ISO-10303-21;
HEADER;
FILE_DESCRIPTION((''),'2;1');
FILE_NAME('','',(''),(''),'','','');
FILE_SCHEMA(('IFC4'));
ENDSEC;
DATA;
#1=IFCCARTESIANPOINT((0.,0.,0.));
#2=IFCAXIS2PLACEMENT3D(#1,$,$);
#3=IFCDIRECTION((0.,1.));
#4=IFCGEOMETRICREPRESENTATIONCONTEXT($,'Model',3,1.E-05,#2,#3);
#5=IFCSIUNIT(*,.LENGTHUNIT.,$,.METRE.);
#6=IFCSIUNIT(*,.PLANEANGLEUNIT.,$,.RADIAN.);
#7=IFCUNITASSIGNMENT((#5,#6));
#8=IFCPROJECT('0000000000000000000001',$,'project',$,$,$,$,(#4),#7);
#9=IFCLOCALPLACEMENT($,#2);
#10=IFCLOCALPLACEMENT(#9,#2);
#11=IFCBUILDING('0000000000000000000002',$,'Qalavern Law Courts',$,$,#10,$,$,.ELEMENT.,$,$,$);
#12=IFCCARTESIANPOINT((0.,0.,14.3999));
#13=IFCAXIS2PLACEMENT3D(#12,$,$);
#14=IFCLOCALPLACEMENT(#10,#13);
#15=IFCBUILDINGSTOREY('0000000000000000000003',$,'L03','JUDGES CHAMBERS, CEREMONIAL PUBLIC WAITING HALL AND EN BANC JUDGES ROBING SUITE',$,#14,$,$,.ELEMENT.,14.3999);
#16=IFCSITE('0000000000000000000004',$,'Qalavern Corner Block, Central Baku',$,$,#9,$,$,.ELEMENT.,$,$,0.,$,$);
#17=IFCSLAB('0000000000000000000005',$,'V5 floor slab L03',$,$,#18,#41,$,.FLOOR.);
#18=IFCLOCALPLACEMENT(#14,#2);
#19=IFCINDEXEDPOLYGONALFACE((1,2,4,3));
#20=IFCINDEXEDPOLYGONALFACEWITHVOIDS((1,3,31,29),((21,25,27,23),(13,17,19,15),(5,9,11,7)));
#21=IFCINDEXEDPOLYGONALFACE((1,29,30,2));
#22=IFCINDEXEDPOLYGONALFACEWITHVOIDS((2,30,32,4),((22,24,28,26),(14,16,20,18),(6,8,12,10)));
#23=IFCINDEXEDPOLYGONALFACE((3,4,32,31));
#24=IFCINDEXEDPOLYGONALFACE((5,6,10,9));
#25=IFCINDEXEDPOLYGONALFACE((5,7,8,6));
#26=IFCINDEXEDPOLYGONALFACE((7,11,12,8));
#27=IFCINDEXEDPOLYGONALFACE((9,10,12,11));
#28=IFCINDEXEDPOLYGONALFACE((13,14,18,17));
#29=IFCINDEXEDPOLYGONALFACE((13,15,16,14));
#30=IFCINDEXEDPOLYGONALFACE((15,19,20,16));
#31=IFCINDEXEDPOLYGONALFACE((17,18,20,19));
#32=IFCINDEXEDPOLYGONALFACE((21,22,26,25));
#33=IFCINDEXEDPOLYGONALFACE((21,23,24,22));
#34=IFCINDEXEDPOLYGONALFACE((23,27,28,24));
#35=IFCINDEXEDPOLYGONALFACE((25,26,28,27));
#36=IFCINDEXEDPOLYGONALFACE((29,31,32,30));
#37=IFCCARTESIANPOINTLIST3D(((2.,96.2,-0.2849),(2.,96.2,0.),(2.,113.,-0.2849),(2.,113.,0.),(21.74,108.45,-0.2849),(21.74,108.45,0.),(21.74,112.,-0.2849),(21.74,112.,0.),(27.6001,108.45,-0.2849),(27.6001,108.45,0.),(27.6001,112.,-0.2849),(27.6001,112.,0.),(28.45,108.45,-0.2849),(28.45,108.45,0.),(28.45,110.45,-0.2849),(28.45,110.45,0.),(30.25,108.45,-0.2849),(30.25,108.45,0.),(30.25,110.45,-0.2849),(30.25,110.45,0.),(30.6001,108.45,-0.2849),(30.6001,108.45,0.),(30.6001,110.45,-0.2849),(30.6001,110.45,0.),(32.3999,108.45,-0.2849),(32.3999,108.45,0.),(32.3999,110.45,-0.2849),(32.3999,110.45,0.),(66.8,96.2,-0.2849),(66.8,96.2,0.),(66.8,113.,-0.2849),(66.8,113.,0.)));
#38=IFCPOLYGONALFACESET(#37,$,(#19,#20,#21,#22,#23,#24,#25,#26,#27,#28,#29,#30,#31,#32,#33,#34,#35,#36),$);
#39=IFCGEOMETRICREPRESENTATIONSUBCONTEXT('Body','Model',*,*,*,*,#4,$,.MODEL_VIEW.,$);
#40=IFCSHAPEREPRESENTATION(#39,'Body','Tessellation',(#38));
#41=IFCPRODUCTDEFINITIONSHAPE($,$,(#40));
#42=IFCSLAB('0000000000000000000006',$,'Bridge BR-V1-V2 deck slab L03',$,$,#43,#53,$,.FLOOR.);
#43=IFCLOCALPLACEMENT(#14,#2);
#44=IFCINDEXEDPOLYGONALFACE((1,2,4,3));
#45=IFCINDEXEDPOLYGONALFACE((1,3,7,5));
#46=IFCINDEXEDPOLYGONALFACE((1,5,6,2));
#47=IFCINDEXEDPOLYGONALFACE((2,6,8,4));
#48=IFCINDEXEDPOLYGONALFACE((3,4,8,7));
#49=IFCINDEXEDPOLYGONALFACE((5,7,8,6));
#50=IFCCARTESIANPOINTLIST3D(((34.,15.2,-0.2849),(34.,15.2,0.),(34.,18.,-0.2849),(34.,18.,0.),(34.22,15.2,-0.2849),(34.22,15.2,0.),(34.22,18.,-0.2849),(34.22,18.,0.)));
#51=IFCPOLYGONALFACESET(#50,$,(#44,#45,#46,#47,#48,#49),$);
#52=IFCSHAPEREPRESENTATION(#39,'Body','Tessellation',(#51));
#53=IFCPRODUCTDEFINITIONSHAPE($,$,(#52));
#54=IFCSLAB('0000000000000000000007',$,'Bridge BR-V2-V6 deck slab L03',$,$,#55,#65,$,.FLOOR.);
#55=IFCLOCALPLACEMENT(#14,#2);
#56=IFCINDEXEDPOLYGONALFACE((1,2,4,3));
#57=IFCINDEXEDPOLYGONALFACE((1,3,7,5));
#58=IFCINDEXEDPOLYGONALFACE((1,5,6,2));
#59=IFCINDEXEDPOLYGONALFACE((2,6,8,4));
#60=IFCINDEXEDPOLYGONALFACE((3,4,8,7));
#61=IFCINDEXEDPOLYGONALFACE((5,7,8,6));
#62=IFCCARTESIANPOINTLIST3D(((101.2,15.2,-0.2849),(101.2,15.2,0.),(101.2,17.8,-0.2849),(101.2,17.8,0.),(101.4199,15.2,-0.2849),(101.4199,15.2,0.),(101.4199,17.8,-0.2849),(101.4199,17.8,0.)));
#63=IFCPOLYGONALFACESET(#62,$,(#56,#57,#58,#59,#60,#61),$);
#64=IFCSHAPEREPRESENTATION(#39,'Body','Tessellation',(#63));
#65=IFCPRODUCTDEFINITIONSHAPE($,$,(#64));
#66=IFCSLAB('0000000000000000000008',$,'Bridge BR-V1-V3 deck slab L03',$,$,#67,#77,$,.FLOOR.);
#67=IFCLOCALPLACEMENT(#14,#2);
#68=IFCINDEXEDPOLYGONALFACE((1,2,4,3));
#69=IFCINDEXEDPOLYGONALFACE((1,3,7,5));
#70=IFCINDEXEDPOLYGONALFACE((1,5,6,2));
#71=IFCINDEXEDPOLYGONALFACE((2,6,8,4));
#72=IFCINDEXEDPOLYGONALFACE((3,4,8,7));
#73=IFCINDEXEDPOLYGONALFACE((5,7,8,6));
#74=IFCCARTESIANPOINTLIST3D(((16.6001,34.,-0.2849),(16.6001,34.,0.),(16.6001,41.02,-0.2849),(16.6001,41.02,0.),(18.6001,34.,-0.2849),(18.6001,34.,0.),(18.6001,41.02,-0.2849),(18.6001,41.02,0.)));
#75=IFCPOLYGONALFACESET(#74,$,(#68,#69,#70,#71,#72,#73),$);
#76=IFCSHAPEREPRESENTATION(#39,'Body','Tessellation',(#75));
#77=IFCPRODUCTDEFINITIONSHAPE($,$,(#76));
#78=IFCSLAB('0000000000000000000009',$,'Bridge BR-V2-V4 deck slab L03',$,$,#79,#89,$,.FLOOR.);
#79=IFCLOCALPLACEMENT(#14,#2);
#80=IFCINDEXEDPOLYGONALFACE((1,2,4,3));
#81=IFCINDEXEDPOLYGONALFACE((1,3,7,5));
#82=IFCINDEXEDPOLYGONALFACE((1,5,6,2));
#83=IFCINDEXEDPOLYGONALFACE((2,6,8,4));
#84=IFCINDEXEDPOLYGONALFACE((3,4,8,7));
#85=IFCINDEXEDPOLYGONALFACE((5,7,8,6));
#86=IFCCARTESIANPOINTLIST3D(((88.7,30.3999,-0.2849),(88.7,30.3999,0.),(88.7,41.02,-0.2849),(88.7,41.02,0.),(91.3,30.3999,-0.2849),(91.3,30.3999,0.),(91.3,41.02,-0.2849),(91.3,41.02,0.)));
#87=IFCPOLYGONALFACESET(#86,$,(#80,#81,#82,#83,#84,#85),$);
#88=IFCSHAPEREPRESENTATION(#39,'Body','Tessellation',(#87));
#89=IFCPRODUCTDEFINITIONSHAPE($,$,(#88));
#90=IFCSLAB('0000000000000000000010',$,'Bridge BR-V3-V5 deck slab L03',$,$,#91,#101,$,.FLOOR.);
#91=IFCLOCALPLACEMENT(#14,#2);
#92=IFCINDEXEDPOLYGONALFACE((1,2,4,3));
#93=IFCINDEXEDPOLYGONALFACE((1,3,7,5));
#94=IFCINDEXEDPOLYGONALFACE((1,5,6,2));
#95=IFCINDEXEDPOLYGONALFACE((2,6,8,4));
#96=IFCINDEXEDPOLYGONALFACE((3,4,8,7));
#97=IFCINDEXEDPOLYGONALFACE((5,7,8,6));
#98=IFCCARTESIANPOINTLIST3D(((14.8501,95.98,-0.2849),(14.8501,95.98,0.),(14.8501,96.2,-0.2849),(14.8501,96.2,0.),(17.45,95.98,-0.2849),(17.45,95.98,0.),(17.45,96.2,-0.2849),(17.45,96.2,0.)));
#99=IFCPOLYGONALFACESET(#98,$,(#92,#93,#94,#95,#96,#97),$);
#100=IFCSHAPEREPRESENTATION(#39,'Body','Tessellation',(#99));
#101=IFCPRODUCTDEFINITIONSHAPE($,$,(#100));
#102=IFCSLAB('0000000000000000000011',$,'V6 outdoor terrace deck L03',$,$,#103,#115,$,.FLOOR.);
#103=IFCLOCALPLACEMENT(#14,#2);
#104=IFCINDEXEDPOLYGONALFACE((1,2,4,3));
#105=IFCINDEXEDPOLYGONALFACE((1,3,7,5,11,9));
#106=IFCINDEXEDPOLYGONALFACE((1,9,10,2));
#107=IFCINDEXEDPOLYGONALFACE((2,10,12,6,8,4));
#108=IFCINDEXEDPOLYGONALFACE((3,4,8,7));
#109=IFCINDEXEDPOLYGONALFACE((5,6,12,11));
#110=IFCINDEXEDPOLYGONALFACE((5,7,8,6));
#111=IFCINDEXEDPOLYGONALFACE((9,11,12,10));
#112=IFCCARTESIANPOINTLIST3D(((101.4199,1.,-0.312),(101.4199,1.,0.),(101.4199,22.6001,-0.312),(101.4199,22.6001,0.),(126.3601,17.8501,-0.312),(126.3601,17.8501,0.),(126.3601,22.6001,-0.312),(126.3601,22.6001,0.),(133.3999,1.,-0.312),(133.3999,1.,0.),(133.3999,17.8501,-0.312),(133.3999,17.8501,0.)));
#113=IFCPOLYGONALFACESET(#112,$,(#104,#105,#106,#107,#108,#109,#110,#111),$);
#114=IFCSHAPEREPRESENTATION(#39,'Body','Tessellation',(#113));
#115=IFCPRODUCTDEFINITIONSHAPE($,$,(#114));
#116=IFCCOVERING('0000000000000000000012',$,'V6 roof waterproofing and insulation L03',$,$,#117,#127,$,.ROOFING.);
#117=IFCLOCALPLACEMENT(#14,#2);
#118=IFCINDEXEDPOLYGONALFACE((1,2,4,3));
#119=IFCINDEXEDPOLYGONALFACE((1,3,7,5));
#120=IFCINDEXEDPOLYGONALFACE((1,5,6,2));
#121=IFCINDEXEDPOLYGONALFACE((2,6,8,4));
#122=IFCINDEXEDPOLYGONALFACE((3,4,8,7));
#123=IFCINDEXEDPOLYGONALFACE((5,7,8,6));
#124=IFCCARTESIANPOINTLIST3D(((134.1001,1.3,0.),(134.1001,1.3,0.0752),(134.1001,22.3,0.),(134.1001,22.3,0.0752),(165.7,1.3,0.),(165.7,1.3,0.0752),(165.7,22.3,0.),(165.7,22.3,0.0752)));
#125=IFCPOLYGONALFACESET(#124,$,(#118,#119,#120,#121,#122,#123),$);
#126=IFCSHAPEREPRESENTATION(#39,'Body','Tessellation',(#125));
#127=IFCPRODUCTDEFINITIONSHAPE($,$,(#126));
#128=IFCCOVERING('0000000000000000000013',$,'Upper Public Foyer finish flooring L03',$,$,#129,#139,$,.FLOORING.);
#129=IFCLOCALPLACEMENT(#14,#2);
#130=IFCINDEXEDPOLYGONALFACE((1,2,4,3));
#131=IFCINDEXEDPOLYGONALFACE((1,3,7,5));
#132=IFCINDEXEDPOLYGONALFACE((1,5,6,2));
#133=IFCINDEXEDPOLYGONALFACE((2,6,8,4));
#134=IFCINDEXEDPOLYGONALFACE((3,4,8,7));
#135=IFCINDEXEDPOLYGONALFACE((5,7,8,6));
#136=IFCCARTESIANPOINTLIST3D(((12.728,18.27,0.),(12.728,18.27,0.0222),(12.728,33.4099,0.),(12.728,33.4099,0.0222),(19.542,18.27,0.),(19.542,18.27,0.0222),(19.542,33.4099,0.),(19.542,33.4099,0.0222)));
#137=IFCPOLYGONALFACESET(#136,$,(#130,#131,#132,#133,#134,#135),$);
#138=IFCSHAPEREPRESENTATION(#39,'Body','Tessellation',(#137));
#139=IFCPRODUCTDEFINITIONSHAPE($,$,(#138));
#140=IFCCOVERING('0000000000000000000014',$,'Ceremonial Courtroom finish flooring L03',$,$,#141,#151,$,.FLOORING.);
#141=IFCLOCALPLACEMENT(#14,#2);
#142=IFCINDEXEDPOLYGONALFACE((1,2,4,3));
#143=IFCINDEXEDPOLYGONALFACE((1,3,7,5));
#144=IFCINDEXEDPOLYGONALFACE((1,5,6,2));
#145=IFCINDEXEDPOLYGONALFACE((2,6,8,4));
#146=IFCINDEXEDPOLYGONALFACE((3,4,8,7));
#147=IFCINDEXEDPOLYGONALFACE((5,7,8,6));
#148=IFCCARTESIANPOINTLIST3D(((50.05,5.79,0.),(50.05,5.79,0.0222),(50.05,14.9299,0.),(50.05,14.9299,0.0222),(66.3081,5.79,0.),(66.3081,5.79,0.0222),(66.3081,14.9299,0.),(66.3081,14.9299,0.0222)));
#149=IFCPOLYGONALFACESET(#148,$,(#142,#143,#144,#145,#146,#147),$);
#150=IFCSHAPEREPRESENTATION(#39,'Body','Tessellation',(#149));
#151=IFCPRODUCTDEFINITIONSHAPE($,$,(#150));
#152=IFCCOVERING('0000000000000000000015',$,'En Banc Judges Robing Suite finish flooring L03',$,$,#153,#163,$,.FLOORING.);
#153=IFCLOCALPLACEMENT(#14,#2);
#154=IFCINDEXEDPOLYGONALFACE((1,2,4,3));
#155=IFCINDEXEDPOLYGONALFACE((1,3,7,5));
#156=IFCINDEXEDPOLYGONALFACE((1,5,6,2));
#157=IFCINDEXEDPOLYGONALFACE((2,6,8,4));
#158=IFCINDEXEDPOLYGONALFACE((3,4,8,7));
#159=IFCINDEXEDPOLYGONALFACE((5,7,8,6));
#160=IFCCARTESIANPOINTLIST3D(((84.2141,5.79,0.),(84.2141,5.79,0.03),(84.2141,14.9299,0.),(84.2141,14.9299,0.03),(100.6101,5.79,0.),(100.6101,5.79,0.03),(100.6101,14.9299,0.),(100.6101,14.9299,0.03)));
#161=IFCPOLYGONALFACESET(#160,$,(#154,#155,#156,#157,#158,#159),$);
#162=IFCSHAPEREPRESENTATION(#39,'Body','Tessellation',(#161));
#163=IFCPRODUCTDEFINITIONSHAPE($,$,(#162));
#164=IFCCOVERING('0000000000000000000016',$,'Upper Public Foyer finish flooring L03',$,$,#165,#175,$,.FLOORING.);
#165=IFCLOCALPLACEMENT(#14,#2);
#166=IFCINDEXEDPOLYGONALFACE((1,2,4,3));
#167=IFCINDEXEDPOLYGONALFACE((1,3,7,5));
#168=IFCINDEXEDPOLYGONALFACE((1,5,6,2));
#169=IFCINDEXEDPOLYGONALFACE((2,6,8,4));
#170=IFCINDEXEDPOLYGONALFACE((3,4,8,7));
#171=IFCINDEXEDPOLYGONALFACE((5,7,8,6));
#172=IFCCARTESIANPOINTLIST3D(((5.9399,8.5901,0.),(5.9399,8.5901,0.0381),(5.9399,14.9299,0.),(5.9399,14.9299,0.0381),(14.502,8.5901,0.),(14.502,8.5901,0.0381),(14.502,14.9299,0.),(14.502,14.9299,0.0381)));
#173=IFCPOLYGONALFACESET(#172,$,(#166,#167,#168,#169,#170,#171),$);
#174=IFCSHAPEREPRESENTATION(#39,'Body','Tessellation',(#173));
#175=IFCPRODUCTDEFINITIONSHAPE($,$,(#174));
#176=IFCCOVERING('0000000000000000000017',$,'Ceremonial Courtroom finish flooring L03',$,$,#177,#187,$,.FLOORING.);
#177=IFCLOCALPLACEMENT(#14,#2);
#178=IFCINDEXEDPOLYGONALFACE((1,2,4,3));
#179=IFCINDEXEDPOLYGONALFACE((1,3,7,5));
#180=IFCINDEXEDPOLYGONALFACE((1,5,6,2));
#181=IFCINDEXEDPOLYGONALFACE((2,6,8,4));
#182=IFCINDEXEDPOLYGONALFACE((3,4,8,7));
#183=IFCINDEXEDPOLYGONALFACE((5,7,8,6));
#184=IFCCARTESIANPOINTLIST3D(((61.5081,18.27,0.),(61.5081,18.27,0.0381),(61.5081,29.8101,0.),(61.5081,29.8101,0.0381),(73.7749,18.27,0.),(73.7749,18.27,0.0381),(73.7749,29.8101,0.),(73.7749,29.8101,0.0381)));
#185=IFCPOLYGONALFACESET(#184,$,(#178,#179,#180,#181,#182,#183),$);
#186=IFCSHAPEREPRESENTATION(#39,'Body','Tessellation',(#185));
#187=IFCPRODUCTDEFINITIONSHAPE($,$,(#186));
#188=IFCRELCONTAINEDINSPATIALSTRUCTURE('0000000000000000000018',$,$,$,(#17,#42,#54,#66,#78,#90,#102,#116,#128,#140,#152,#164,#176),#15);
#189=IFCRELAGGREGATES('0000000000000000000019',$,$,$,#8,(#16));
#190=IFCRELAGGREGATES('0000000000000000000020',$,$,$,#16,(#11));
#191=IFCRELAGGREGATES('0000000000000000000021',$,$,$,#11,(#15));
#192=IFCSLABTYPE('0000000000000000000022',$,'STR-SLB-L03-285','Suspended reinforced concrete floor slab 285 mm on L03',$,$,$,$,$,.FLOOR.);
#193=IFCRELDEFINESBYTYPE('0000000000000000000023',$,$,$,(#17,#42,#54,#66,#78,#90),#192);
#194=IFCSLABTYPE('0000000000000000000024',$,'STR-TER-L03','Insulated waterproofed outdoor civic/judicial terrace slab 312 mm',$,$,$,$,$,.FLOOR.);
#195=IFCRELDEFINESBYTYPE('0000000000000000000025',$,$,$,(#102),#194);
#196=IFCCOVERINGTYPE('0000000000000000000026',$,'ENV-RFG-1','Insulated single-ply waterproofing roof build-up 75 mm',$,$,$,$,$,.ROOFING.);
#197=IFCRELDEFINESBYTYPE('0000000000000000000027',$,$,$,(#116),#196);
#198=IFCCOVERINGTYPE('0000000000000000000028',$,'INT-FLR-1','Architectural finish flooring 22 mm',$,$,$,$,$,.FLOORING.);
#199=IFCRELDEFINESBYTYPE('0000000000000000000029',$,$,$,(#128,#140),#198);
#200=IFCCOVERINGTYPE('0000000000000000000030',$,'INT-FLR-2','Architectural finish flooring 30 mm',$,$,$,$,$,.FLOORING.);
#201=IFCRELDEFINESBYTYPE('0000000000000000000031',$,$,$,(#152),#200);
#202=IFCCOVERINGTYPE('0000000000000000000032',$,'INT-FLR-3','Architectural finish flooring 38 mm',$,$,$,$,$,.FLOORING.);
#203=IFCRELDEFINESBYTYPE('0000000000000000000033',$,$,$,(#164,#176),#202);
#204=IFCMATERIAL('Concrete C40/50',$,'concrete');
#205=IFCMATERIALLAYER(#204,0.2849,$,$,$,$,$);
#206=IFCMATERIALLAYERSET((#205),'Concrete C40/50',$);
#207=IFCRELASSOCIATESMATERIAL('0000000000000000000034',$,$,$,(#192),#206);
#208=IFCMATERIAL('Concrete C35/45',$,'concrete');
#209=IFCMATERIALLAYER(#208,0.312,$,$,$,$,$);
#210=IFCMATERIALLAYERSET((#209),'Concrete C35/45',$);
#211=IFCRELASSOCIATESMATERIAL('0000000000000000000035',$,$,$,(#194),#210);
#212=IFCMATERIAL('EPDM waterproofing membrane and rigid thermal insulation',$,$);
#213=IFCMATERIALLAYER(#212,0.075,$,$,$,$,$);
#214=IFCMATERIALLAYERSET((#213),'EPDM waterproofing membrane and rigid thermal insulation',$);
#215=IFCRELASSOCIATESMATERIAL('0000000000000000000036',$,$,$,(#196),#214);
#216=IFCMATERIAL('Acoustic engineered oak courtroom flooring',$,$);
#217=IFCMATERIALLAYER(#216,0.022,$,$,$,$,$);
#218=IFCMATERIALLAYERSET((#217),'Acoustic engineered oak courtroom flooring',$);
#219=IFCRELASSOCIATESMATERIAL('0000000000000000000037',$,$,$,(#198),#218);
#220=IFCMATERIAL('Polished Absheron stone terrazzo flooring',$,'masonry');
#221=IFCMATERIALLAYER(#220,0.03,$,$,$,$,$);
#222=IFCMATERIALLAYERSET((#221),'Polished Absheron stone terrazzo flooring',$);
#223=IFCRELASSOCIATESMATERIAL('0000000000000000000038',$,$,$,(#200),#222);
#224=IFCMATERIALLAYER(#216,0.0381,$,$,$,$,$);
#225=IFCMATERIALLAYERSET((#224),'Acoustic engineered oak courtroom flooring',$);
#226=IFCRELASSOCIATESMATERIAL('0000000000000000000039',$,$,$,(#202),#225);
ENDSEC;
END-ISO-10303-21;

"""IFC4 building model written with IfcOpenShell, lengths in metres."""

from ifc_helpers import new_model, si_unit, direction, frame, origin, place, context, subcontext, project, spatial, polyline, outline, extrude, material, layer, layer_set, type_object, element, save


model = new_model("IFC4")

# Units and contexts
model_context = context("Model", 3, precision=1e-05, world=origin(), true_north=direction((0.0, 1.0)))
body_context = subcontext(model_context, "Body", "Model", "MODEL_VIEW")
ifc_project = project(units=[si_unit("LENGTHUNIT", "METRE"), si_unit("PLANEANGLEUNIT", "RADIAN")], contexts=[model_context])

# Site, building, storey
site_placement = place(None, origin())
site = spatial("IfcSite", under=ifc_project, at=site_placement, Name="Qalavern Corner Block, Central Baku", CompositionType="ELEMENT", RefElevation=0.0)
building_placement = place(site_placement, origin())
building = spatial("IfcBuilding", under=site, at=building_placement, Name="Qalavern Law Courts", CompositionType="ELEMENT")
storey_placement = place(building_placement, frame((0.0, 0.0, 14.3999)))
storey = spatial("IfcBuildingStorey", under=building, at=storey_placement, Name="L03", Description="JUDGES CHAMBERS, CEREMONIAL PUBLIC WAITING HALL AND EN BANC JUDGES ROBING SUITE", CompositionType="ELEMENT", Elevation=14.3999)

# Shared definitions
ifc_material_1 = material(Name="Concrete C35/45", Category="concrete")

# Slabs
ifc_material_2 = material(Name="Concrete C40/50", Category="concrete")
ifc_layer_1 = layer(ifc_material_2, 0.2849)
ifc_layer_set_1 = layer_set([ifc_layer_1], Name="Concrete C40/50")
slab_type_1 = type_object("IfcSlabType", Name="STR-SLB-L03-285", Description="Suspended reinforced concrete floor slab 285 mm on L03", PredefinedType="FLOOR", material=ifc_layer_set_1)
slab_1_placement = place(storey_placement, frame((0.0, 0.0, -0.2849)))
element("IfcSlab", 1, at=slab_1_placement, inside=storey, type_object=slab_type_1, Name="V5 floor slab L03", PredefinedType="FLOOR", context=body_context, shape_type="SweptSolid", body=[
    extrude(outline(polyline([(2.0, 96.2), (66.8, 96.2), (66.8, 113.0), (2.0, 113.0), (2.0, 96.2)]), holes=[polyline([(21.74, 108.45), (27.6001, 108.45), (27.6001, 112.0), (21.74, 112.0), (21.74, 108.45)]), polyline([(28.45, 108.45), (30.25, 108.45), (30.25, 110.45), (28.45, 110.45), (28.45, 108.45)]), polyline([(30.6001, 108.45), (32.3999, 108.45), (32.3999, 110.45), (30.6001, 110.45), (30.6001, 108.45)])]), origin(), (0.0, 0.0, 1.0), 0.2849),
])
slab_2_placement = place(storey_placement, frame((0.0, 0.0, -0.2849)))
element("IfcSlab", 2, at=slab_2_placement, inside=storey, type_object=slab_type_1, Name="Bridge BR-V1-V2 deck slab L03", PredefinedType="FLOOR", context=body_context, shape_type="SweptSolid", body=[
    extrude(outline(polyline([(34.0, 15.2), (34.22, 15.2), (34.22, 18.0), (34.0, 18.0), (34.0, 15.2)])), origin(), (0.0, 0.0, 1.0), 0.2849),
])
slab_3_placement = place(storey_placement, frame((0.0, 0.0, -0.2849)))
element("IfcSlab", 3, at=slab_3_placement, inside=storey, type_object=slab_type_1, Name="Bridge BR-V2-V6 deck slab L03", PredefinedType="FLOOR", context=body_context, shape_type="SweptSolid", body=[
    extrude(outline(polyline([(101.2, 15.2), (101.4199, 15.2), (101.4199, 17.8), (101.2, 17.8), (101.2, 15.2)])), origin(), (0.0, 0.0, 1.0), 0.2849),
])
slab_4_placement = place(storey_placement, frame((0.0, 0.0, -0.2849)))
element("IfcSlab", 4, at=slab_4_placement, inside=storey, type_object=slab_type_1, Name="Bridge BR-V1-V3 deck slab L03", PredefinedType="FLOOR", context=body_context, shape_type="SweptSolid", body=[
    extrude(outline(polyline([(16.6001, 34.0), (18.6001, 34.0), (18.6001, 41.02), (16.6001, 41.02), (16.6001, 34.0)])), origin(), (0.0, 0.0, 1.0), 0.2849),
])
slab_5_placement = place(storey_placement, frame((0.0, 0.0, -0.2849)))
element("IfcSlab", 5, at=slab_5_placement, inside=storey, type_object=slab_type_1, Name="Bridge BR-V2-V4 deck slab L03", PredefinedType="FLOOR", context=body_context, shape_type="SweptSolid", body=[
    extrude(outline(polyline([(88.7, 30.3999), (91.3, 30.3999), (91.3, 41.02), (88.7, 41.02), (88.7, 30.3999)])), origin(), (0.0, 0.0, 1.0), 0.2849),
])
slab_6_placement = place(storey_placement, frame((0.0, 0.0, -0.2849)))
element("IfcSlab", 6, at=slab_6_placement, inside=storey, type_object=slab_type_1, Name="Bridge BR-V3-V5 deck slab L03", PredefinedType="FLOOR", context=body_context, shape_type="SweptSolid", body=[
    extrude(outline(polyline([(14.8501, 95.98), (17.45, 95.98), (17.45, 96.2), (14.8501, 96.2), (14.8501, 95.98)])), origin(), (0.0, 0.0, 1.0), 0.2849),
])
ifc_layer_2 = layer(ifc_material_1, 0.312)
ifc_layer_set_2 = layer_set([ifc_layer_2], Name="Concrete C35/45")
slab_type_2 = type_object("IfcSlabType", Name="STR-TER-L03", Description="Insulated waterproofed outdoor civic/judicial terrace slab 312 mm", PredefinedType="FLOOR", material=ifc_layer_set_2)
slab_7_placement = place(storey_placement, frame((0.0, 0.0, -0.312)))
element("IfcSlab", 7, at=slab_7_placement, inside=storey, type_object=slab_type_2, Name="V6 outdoor terrace deck L03", PredefinedType="FLOOR", context=body_context, shape_type="SweptSolid", body=[
    extrude(outline(polyline([(101.4199, 1.0), (133.3999, 1.0), (133.3999, 17.8501), (126.3601, 17.8501), (126.3601, 22.6001), (101.4199, 22.6001), (101.4199, 1.0)])), origin(), (0.0, 0.0, 1.0), 0.312),
])

# Coverings
ifc_material_3 = material(Name="EPDM waterproofing membrane and rigid thermal insulation")
ifc_layer_3 = layer(ifc_material_3, 0.075)
ifc_layer_set_3 = layer_set([ifc_layer_3], Name="EPDM waterproofing membrane and rigid thermal insulation")
covering_type_1 = type_object("IfcCoveringType", Name="ENV-RFG-1", Description="Insulated single-ply waterproofing roof build-up 75 mm", PredefinedType="ROOFING", material=ifc_layer_set_3)
covering_1_placement = place(storey_placement, origin())
element("IfcCovering", 8, at=covering_1_placement, inside=storey, type_object=covering_type_1, Name="V6 roof waterproofing and insulation L03", PredefinedType="ROOFING", context=body_context, shape_type="SweptSolid", body=[
    extrude(outline(polyline([(134.1001, 1.3), (165.7, 1.3), (165.7, 22.3), (134.1001, 22.3), (134.1001, 1.3)])), origin(), (0.0, 0.0, 1.0), 0.0752),
])
ifc_material_4 = material(Name="Acoustic engineered oak courtroom flooring")
ifc_layer_4 = layer(ifc_material_4, 0.022)
ifc_layer_set_4 = layer_set([ifc_layer_4], Name="Acoustic engineered oak courtroom flooring")
covering_type_2 = type_object("IfcCoveringType", Name="INT-FLR-1", Description="Architectural finish flooring 22 mm", PredefinedType="FLOORING", material=ifc_layer_set_4)
covering_2_placement = place(storey_placement, origin())
element("IfcCovering", 9, at=covering_2_placement, inside=storey, type_object=covering_type_2, Name="Upper Public Foyer finish flooring L03", PredefinedType="FLOORING", context=body_context, shape_type="SweptSolid", body=[
    extrude(outline(polyline([(12.728, 18.27), (19.542, 18.27), (19.542, 33.4099), (12.728, 33.4099), (12.728, 18.27)])), origin(), (0.0, 0.0, 1.0), 0.0222),
])
covering_3_placement = place(storey_placement, origin())
element("IfcCovering", 10, at=covering_3_placement, inside=storey, type_object=covering_type_2, Name="Ceremonial Courtroom finish flooring L03", PredefinedType="FLOORING", context=body_context, shape_type="SweptSolid", body=[
    extrude(outline(polyline([(50.05, 5.79), (66.3081, 5.79), (66.3081, 14.9299), (50.05, 14.9299), (50.05, 5.79)])), origin(), (0.0, 0.0, 1.0), 0.0222),
])
ifc_material_5 = material(Name="Polished Absheron stone terrazzo flooring", Category="masonry")
ifc_layer_5 = layer(ifc_material_5, 0.03)
ifc_layer_set_5 = layer_set([ifc_layer_5], Name="Polished Absheron stone terrazzo flooring")
covering_type_3 = type_object("IfcCoveringType", Name="INT-FLR-2", Description="Architectural finish flooring 30 mm", PredefinedType="FLOORING", material=ifc_layer_set_5)
covering_4_placement = place(storey_placement, origin())
element("IfcCovering", 11, at=covering_4_placement, inside=storey, type_object=covering_type_3, Name="En Banc Judges Robing Suite finish flooring L03", PredefinedType="FLOORING", context=body_context, shape_type="SweptSolid", body=[
    extrude(outline(polyline([(84.2141, 5.79), (100.6101, 5.79), (100.6101, 14.9299), (84.2141, 14.9299), (84.2141, 5.79)])), origin(), (0.0, 0.0, 1.0), 0.03),
])
ifc_layer_6 = layer(ifc_material_4, 0.0381)
ifc_layer_set_6 = layer_set([ifc_layer_6], Name="Acoustic engineered oak courtroom flooring")
covering_type_4 = type_object("IfcCoveringType", Name="INT-FLR-3", Description="Architectural finish flooring 38 mm", PredefinedType="FLOORING", material=ifc_layer_set_6)
covering_5_placement = place(storey_placement, origin())
element("IfcCovering", 12, at=covering_5_placement, inside=storey, type_object=covering_type_4, Name="Upper Public Foyer finish flooring L03", PredefinedType="FLOORING", context=body_context, shape_type="SweptSolid", body=[
    extrude(outline(polyline([(5.9399, 8.5901), (14.502, 8.5901), (14.502, 14.9299), (5.9399, 14.9299), (5.9399, 8.5901)])), origin(), (0.0, 0.0, 1.0), 0.0381),
])
covering_6_placement = place(storey_placement, origin())
element("IfcCovering", 13, at=covering_6_placement, inside=storey, type_object=covering_type_4, Name="Ceremonial Courtroom finish flooring L03", PredefinedType="FLOORING", context=body_context, shape_type="SweptSolid", body=[
    extrude(outline(polyline([(61.5081, 18.27), (73.7749, 18.27), (73.7749, 29.8101), (61.5081, 29.8101), (61.5081, 18.27)])), origin(), (0.0, 0.0, 1.0), 0.0381),
])

save(model, "model.ifc")
